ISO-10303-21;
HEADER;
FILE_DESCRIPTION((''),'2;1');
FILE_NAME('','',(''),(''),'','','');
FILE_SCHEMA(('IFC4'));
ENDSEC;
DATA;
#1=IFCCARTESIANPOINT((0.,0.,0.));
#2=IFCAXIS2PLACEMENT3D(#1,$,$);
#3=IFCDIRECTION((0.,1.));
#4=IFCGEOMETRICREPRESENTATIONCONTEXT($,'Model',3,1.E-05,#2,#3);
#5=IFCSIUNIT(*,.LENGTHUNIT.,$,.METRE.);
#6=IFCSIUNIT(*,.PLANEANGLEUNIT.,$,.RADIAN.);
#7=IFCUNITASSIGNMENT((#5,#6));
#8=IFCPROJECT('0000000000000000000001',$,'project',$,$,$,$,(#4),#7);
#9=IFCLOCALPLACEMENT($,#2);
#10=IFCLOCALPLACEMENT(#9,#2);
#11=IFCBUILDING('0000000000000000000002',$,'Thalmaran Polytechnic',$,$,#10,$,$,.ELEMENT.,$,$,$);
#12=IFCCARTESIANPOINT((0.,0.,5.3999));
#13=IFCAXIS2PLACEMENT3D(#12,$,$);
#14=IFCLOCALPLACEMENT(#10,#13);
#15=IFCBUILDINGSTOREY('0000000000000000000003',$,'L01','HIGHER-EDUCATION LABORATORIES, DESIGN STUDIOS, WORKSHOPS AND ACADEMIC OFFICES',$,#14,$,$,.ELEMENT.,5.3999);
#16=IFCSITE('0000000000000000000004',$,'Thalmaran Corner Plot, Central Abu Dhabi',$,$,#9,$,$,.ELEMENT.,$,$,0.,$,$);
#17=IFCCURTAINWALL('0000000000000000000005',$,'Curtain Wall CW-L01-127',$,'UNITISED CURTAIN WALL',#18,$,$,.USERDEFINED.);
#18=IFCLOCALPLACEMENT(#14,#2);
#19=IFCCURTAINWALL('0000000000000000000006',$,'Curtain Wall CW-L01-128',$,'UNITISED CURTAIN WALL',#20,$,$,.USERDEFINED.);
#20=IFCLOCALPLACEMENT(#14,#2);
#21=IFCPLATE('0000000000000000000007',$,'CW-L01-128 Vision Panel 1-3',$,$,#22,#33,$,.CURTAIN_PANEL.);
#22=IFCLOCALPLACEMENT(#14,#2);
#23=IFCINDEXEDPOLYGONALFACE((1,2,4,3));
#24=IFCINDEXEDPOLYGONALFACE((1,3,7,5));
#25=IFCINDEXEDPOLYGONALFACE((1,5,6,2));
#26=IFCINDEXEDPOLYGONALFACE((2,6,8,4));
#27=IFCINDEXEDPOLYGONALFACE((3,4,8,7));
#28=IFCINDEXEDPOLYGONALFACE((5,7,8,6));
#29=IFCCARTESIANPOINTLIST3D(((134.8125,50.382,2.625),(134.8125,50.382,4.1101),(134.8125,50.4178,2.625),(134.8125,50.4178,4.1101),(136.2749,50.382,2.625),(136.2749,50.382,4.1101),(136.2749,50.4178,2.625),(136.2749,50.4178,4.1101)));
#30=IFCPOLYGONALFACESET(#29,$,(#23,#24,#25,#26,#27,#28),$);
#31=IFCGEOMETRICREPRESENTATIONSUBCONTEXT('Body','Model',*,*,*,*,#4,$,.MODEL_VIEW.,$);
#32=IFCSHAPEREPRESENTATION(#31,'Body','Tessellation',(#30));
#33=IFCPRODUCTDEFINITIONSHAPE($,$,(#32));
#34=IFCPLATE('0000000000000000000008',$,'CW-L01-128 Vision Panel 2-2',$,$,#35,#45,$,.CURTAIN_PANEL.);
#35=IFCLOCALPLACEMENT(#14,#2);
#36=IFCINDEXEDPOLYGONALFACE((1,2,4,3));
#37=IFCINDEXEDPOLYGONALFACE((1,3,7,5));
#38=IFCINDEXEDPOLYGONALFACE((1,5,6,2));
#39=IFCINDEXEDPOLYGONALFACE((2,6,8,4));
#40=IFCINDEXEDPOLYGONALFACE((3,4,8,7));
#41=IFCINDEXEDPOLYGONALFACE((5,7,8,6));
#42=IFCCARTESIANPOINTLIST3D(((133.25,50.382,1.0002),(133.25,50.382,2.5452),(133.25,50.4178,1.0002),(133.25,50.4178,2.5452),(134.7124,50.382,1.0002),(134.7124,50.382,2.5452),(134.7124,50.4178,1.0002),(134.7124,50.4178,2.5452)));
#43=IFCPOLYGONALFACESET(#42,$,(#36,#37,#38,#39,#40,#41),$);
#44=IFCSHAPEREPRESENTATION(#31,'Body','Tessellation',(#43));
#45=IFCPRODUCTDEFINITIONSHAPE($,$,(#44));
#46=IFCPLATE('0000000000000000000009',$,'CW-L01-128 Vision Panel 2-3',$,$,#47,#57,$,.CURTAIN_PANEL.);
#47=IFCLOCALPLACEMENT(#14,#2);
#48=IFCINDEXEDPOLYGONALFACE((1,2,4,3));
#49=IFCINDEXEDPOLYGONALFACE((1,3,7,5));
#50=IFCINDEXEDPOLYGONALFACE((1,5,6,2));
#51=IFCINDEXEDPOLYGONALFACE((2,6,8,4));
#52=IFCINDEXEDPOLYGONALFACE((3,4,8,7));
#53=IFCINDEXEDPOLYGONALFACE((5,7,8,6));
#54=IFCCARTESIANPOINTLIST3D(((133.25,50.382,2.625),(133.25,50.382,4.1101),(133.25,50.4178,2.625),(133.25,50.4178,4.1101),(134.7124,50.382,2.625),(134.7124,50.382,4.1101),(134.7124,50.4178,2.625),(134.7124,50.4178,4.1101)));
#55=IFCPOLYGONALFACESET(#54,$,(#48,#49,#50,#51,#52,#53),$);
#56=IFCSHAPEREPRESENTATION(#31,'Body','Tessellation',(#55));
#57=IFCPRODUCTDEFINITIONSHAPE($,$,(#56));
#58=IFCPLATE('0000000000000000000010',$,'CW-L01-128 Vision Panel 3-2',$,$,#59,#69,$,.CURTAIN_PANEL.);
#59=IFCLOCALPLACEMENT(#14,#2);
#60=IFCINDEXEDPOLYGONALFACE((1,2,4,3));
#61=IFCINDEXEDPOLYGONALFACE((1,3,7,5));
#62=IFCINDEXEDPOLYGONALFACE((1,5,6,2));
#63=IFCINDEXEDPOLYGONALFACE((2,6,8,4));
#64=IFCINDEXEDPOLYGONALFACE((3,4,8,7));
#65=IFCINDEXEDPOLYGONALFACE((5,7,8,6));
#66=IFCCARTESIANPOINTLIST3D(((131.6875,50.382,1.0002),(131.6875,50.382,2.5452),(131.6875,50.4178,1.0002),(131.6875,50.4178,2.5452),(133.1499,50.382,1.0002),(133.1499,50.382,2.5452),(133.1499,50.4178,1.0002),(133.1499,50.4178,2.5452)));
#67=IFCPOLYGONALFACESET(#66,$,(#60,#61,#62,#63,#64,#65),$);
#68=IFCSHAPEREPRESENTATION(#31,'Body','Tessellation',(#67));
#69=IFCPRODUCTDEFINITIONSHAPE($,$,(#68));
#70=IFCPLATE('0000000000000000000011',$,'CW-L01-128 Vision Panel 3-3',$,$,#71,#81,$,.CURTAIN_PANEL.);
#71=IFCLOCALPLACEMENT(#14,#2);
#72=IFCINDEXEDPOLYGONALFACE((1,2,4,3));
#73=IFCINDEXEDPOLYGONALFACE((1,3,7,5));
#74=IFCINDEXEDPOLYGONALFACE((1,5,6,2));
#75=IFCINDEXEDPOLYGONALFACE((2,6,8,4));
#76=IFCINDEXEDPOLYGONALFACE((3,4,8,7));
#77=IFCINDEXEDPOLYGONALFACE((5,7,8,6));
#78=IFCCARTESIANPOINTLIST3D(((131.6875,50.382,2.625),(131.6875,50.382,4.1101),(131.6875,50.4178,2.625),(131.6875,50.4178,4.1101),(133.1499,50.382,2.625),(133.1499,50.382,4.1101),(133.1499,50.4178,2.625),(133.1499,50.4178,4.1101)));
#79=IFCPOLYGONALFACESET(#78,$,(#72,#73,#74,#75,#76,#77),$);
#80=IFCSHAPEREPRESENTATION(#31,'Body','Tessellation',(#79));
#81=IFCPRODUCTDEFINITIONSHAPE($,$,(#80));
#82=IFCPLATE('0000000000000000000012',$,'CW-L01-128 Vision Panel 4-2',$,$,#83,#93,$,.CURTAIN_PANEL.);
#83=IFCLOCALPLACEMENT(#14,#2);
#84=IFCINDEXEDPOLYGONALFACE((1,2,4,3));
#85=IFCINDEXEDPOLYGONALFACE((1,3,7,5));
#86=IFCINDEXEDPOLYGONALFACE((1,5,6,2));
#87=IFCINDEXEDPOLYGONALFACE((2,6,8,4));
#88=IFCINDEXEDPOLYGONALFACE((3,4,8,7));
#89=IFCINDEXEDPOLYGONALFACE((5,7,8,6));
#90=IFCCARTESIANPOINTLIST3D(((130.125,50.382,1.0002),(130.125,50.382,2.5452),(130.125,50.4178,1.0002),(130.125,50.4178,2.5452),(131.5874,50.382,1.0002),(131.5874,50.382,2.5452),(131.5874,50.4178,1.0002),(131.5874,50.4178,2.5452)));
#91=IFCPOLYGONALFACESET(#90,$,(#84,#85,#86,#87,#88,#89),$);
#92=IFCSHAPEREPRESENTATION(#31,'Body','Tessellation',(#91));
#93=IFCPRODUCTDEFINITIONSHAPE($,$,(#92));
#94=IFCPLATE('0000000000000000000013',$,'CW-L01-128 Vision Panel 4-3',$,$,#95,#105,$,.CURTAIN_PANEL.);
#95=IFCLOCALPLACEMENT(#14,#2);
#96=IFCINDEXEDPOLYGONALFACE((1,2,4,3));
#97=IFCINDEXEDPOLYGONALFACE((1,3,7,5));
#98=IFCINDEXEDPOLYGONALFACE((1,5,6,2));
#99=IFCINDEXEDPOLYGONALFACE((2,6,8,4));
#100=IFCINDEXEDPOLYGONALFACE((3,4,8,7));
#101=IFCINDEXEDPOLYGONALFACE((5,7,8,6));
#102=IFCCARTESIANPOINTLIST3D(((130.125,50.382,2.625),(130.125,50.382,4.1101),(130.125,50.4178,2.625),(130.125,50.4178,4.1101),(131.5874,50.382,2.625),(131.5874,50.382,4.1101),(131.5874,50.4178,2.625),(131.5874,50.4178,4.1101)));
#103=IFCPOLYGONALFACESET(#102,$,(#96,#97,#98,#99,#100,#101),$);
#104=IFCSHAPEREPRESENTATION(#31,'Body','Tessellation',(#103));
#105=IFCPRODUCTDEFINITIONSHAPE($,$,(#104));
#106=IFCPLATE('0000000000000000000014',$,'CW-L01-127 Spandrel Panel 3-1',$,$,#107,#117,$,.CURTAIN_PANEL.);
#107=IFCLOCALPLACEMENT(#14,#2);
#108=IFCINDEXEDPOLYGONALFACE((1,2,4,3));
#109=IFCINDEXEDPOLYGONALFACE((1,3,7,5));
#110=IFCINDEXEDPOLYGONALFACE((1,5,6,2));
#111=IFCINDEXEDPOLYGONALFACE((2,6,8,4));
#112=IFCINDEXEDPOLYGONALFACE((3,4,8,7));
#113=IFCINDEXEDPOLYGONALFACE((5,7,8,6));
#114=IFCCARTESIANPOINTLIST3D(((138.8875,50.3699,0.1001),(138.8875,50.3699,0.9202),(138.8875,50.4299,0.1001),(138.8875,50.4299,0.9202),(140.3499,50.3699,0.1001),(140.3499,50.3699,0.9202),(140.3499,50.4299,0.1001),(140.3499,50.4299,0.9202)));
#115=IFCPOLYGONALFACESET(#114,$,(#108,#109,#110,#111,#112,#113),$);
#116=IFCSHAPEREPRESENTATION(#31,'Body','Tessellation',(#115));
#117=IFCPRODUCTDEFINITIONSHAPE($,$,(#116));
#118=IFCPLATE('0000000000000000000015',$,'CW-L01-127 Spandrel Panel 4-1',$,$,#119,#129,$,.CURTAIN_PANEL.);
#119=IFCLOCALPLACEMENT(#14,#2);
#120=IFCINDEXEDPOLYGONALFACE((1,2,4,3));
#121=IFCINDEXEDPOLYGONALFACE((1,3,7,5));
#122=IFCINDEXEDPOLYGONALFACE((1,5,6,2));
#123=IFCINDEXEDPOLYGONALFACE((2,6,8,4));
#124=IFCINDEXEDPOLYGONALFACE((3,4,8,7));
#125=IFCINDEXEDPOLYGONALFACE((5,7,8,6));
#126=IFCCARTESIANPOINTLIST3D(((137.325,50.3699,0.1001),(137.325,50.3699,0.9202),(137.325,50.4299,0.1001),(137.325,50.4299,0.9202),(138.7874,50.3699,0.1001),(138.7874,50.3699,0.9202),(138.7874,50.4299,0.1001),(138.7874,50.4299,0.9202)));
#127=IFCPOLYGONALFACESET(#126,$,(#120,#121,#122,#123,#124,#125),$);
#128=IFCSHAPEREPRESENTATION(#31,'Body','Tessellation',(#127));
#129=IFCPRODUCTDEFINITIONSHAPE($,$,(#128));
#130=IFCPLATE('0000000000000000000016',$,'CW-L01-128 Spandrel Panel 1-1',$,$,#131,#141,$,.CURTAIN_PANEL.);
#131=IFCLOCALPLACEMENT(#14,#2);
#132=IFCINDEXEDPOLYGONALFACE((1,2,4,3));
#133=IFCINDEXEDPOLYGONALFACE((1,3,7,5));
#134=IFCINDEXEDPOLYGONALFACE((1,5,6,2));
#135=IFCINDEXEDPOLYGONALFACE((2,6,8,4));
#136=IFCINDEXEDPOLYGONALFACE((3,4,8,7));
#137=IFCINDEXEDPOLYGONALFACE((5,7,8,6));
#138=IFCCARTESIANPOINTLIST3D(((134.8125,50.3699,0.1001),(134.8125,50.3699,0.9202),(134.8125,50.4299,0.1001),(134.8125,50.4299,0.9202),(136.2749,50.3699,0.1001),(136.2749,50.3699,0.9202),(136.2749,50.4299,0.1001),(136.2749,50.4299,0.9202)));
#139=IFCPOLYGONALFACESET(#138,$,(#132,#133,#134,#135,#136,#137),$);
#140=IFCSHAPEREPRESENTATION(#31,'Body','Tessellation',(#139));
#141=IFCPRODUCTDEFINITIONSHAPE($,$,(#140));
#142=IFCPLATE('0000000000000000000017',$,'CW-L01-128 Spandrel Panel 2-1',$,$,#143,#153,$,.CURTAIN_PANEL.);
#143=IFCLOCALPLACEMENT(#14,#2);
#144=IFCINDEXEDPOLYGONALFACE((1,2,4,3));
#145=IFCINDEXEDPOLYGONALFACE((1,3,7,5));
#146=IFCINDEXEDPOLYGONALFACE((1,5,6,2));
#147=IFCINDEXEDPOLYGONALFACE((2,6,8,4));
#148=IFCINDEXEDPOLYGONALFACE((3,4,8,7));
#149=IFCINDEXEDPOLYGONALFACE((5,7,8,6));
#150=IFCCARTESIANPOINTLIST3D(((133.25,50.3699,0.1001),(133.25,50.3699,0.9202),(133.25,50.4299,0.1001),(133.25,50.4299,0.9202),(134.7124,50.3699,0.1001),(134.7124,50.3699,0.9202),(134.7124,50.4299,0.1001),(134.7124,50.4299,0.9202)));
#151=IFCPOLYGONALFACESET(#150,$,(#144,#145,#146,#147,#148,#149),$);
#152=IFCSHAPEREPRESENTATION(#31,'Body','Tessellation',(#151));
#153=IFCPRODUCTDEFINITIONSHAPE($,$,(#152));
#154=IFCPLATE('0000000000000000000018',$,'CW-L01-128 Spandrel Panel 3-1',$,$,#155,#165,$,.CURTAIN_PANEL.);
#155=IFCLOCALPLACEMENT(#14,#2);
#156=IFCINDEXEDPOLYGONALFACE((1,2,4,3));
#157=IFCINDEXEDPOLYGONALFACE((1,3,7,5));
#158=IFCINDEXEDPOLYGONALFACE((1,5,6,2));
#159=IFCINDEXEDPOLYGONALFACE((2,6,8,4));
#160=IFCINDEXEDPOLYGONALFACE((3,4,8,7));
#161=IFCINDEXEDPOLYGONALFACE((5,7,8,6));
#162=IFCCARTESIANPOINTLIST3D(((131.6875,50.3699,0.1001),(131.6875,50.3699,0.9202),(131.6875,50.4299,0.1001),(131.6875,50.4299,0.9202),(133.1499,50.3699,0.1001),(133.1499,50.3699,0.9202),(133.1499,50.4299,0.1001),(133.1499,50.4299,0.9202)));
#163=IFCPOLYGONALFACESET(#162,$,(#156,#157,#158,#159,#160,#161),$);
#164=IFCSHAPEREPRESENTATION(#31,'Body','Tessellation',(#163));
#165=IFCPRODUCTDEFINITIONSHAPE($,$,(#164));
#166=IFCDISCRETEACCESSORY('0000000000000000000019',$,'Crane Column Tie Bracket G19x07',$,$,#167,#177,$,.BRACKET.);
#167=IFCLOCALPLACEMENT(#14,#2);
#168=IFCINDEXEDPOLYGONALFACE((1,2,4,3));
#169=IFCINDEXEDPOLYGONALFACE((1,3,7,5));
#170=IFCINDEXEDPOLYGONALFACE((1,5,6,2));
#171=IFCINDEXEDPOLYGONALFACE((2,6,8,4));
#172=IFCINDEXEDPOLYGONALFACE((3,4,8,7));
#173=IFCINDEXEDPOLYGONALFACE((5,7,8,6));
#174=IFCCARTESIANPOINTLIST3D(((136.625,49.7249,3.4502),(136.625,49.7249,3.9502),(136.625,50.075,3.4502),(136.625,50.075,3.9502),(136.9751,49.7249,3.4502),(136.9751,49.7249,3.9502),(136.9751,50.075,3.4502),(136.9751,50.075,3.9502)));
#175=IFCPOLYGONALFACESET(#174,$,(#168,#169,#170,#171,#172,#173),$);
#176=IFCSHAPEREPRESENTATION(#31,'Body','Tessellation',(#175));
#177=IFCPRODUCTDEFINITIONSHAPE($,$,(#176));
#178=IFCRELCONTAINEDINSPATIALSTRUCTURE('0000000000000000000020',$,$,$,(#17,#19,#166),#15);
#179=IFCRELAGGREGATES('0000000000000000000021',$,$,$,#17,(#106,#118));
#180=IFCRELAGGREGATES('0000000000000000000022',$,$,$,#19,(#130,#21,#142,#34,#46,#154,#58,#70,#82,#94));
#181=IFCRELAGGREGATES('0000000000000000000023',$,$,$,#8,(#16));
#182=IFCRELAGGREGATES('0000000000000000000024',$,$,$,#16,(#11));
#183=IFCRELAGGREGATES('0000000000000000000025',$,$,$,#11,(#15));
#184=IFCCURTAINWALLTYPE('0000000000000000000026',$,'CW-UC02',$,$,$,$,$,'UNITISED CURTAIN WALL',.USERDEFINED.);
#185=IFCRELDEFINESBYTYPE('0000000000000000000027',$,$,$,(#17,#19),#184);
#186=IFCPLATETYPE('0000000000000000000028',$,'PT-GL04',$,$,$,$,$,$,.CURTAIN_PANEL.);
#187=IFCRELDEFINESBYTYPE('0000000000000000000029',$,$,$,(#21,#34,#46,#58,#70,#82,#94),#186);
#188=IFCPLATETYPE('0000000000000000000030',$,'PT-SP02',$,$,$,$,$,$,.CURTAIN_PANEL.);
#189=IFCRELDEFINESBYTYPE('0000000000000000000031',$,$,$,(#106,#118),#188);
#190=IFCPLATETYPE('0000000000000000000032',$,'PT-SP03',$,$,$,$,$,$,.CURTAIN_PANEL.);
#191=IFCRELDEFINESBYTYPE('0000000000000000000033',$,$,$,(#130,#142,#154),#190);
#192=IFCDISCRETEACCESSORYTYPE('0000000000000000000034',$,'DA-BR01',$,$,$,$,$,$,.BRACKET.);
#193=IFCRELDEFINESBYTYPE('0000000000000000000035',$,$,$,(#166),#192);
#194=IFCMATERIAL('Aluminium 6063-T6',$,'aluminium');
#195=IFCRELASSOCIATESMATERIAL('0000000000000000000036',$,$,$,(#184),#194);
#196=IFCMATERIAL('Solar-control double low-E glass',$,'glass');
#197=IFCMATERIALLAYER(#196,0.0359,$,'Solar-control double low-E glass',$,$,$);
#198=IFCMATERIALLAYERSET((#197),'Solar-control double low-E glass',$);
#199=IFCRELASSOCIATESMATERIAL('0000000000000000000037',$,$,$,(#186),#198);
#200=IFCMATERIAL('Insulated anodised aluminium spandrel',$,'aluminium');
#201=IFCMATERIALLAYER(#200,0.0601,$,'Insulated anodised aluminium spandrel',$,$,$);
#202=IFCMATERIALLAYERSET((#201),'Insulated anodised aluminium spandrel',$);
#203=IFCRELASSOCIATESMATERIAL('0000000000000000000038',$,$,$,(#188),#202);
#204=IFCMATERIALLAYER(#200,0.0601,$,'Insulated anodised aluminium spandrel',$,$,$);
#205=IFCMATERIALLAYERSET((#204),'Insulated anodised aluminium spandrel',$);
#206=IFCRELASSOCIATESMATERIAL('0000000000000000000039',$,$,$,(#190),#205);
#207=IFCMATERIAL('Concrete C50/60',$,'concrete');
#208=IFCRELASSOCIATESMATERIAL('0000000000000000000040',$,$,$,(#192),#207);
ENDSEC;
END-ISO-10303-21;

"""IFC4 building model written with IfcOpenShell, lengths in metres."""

from ifc_helpers import new_model, si_unit, direction, frame, origin, origin_2d, place, context, subcontext, project, spatial, rectangle, extrude, material, layer, layer_set, type_object, element, aggregate, save


model = new_model("IFC4")

# Units and contexts
model_context = context("Model", 3, precision=1e-05, world=origin(), true_north=direction((0.0, 1.0)))
body_context = subcontext(model_context, "Body", "Model", "MODEL_VIEW")
ifc_project = project(units=[si_unit("LENGTHUNIT", "METRE"), si_unit("PLANEANGLEUNIT", "RADIAN")], contexts=[model_context])

# Site, building, storey
site_placement = place(None, origin())
site = spatial("IfcSite", under=ifc_project, at=site_placement, Name="Thalmaran Corner Plot, Central Abu Dhabi", CompositionType="ELEMENT", RefElevation=0.0)
building_placement = place(site_placement, origin())
building = spatial("IfcBuilding", under=site, at=building_placement, Name="Thalmaran Polytechnic", CompositionType="ELEMENT")
storey_placement = place(building_placement, frame((0.0, 0.0, 5.3999)))
storey = spatial("IfcBuildingStorey", under=building, at=storey_placement, Name="L01", Description="HIGHER-EDUCATION LABORATORIES, DESIGN STUDIOS, WORKSHOPS AND ACADEMIC OFFICES", CompositionType="ELEMENT", Elevation=5.3999)

# Shared definitions
ifc_material_1 = material(Name="Concrete C50/60", Category="concrete")

# Curtain walls
ifc_material_2 = material(Name="Aluminium 6063-T6", Category="aluminium")
curtain_wall_type = type_object("IfcCurtainWallType", Name="CW-UC02", ElementType="UNITISED CURTAIN WALL", PredefinedType="USERDEFINED", material=ifc_material_2)
curtain_wall_1_placement = place(storey_placement, origin())
curtain_wall_1 = element("IfcCurtainWall", 1, at=curtain_wall_1_placement, inside=storey, type_object=curtain_wall_type, Name="Curtain Wall CW-L01-127", ObjectType="UNITISED CURTAIN WALL", PredefinedType="USERDEFINED")
curtain_wall_2_placement = place(storey_placement, origin())
curtain_wall_2 = element("IfcCurtainWall", 2, at=curtain_wall_2_placement, inside=storey, type_object=curtain_wall_type, Name="Curtain Wall CW-L01-128", ObjectType="UNITISED CURTAIN WALL", PredefinedType="USERDEFINED")

# Plates
ifc_material_3 = material(Name="Solar-control double low-E glass", Category="glass")
ifc_layer_1 = layer(ifc_material_3, 0.0359, Name="Solar-control double low-E glass")
ifc_layer_set_1 = layer_set([ifc_layer_1], Name="Solar-control double low-E glass")
plate_type_1 = type_object("IfcPlateType", Name="PT-GL04", PredefinedType="CURTAIN_PANEL", material=ifc_layer_set_1)
plate_1_placement = place(storey_placement, frame((135.5437, 50.3999, 2.625), z_axis=(0.0, 0.0, 1.0), x_axis=(-1.0, 0.0, 0.0)))
plate_1 = element("IfcPlate", 3, at=plate_1_placement, type_object=plate_type_1, Name="CW-L01-128 Vision Panel 1-3", PredefinedType="CURTAIN_PANEL", context=body_context, shape_type="SweptSolid", body=[
    extrude(rectangle(XDim=1.4624, YDim=0.0359, at=origin_2d()), origin(), (0.0, 0.0, 1.0), 1.4851),
])
plate_2_placement = place(storey_placement, frame((133.9812, 50.3999, 1.0002), z_axis=(0.0, 0.0, 1.0), x_axis=(-1.0, 0.0, 0.0)))
plate_2 = element("IfcPlate", 4, at=plate_2_placement, type_object=plate_type_1, Name="CW-L01-128 Vision Panel 2-2", PredefinedType="CURTAIN_PANEL", context=body_context, shape_type="SweptSolid", body=[
    extrude(rectangle(XDim=1.4624, YDim=0.0359, at=origin_2d()), origin(), (0.0, 0.0, 1.0), 1.5449),
])
plate_3_placement = place(storey_placement, frame((133.9812, 50.3999, 2.625), z_axis=(0.0, 0.0, 1.0), x_axis=(-1.0, 0.0, 0.0)))
plate_3 = element("IfcPlate", 5, at=plate_3_placement, type_object=plate_type_1, Name="CW-L01-128 Vision Panel 2-3", PredefinedType="CURTAIN_PANEL", context=body_context, shape_type="SweptSolid", body=[
    extrude(rectangle(XDim=1.4624, YDim=0.0359, at=origin_2d()), origin(), (0.0, 0.0, 1.0), 1.4851),
])
plate_4_placement = place(storey_placement, frame((132.4187, 50.3999, 1.0002), z_axis=(0.0, 0.0, 1.0), x_axis=(-1.0, 0.0, 0.0)))
plate_4 = element("IfcPlate", 6, at=plate_4_placement, type_object=plate_type_1, Name="CW-L01-128 Vision Panel 3-2", PredefinedType="CURTAIN_PANEL", context=body_context, shape_type="SweptSolid", body=[
    extrude(rectangle(XDim=1.4624, YDim=0.0359, at=origin_2d()), origin(), (0.0, 0.0, 1.0), 1.5449),
])
plate_5_placement = place(storey_placement, frame((132.4187, 50.3999, 2.625), z_axis=(0.0, 0.0, 1.0), x_axis=(-1.0, 0.0, 0.0)))
plate_5 = element("IfcPlate", 7, at=plate_5_placement, type_object=plate_type_1, Name="CW-L01-128 Vision Panel 3-3", PredefinedType="CURTAIN_PANEL", context=body_context, shape_type="SweptSolid", body=[
    extrude(rectangle(XDim=1.4624, YDim=0.0359, at=origin_2d()), origin(), (0.0, 0.0, 1.0), 1.4851),
])
plate_6_placement = place(storey_placement, frame((130.8562, 50.3999, 1.0002), z_axis=(0.0, 0.0, 1.0), x_axis=(-1.0, 0.0, 0.0)))
plate_6 = element("IfcPlate", 8, at=plate_6_placement, type_object=plate_type_1, Name="CW-L01-128 Vision Panel 4-2", PredefinedType="CURTAIN_PANEL", context=body_context, shape_type="SweptSolid", body=[
    extrude(rectangle(XDim=1.4624, YDim=0.0359, at=origin_2d()), origin(), (0.0, 0.0, 1.0), 1.5449),
])
plate_7_placement = place(storey_placement, frame((130.8562, 50.3999, 2.625), z_axis=(0.0, 0.0, 1.0), x_axis=(-1.0, 0.0, 0.0)))
plate_7 = element("IfcPlate", 9, at=plate_7_placement, type_object=plate_type_1, Name="CW-L01-128 Vision Panel 4-3", PredefinedType="CURTAIN_PANEL", context=body_context, shape_type="SweptSolid", body=[
    extrude(rectangle(XDim=1.4624, YDim=0.0359, at=origin_2d()), origin(), (0.0, 0.0, 1.0), 1.4851),
])
ifc_material_4 = material(Name="Insulated anodised aluminium spandrel", Category="aluminium")
ifc_layer_2 = layer(ifc_material_4, 0.0601, Name="Insulated anodised aluminium spandrel")
ifc_layer_set_2 = layer_set([ifc_layer_2], Name="Insulated anodised aluminium spandrel")
plate_type_2 = type_object("IfcPlateType", Name="PT-SP02", PredefinedType="CURTAIN_PANEL", material=ifc_layer_set_2)
plate_8_placement = place(storey_placement, frame((139.6187, 50.3999, 0.1001), z_axis=(0.0, 0.0, 1.0), x_axis=(-1.0, 0.0, 0.0)))
plate_8 = element("IfcPlate", 10, at=plate_8_placement, type_object=plate_type_2, Name="CW-L01-127 Spandrel Panel 3-1", PredefinedType="CURTAIN_PANEL", context=body_context, shape_type="SweptSolid", body=[
    extrude(rectangle(XDim=1.4624, YDim=0.0601, at=origin_2d()), origin(), (0.0, 0.0, 1.0), 0.8201),
])
plate_9_placement = place(storey_placement, frame((138.0562, 50.3999, 0.1001), z_axis=(0.0, 0.0, 1.0), x_axis=(-1.0, 0.0, 0.0)))
plate_9 = element("IfcPlate", 11, at=plate_9_placement, type_object=plate_type_2, Name="CW-L01-127 Spandrel Panel 4-1", PredefinedType="CURTAIN_PANEL", context=body_context, shape_type="SweptSolid", body=[
    extrude(rectangle(XDim=1.4624, YDim=0.0601, at=origin_2d()), origin(), (0.0, 0.0, 1.0), 0.8201),
])
aggregate(curtain_wall_1, [plate_8, plate_9])
ifc_layer_3 = layer(ifc_material_4, 0.0601, Name="Insulated anodised aluminium spandrel")
ifc_layer_set_3 = layer_set([ifc_layer_3], Name="Insulated anodised aluminium spandrel")
plate_type_3 = type_object("IfcPlateType", Name="PT-SP03", PredefinedType="CURTAIN_PANEL", material=ifc_layer_set_3)
plate_10_placement = place(storey_placement, frame((135.5437, 50.3999, 0.1001), z_axis=(0.0, 0.0, 1.0), x_axis=(-1.0, 0.0, 0.0)))
plate_10 = element("IfcPlate", 12, at=plate_10_placement, type_object=plate_type_3, Name="CW-L01-128 Spandrel Panel 1-1", PredefinedType="CURTAIN_PANEL", context=body_context, shape_type="SweptSolid", body=[
    extrude(rectangle(XDim=1.4624, YDim=0.0601, at=origin_2d()), origin(), (0.0, 0.0, 1.0), 0.8201),
])
plate_11_placement = place(storey_placement, frame((133.9812, 50.3999, 0.1001), z_axis=(0.0, 0.0, 1.0), x_axis=(-1.0, 0.0, 0.0)))
plate_11 = element("IfcPlate", 13, at=plate_11_placement, type_object=plate_type_3, Name="CW-L01-128 Spandrel Panel 2-1", PredefinedType="CURTAIN_PANEL", context=body_context, shape_type="SweptSolid", body=[
    extrude(rectangle(XDim=1.4624, YDim=0.0601, at=origin_2d()), origin(), (0.0, 0.0, 1.0), 0.8201),
])
plate_12_placement = place(storey_placement, frame((132.4187, 50.3999, 0.1001), z_axis=(0.0, 0.0, 1.0), x_axis=(-1.0, 0.0, 0.0)))
plate_12 = element("IfcPlate", 14, at=plate_12_placement, type_object=plate_type_3, Name="CW-L01-128 Spandrel Panel 3-1", PredefinedType="CURTAIN_PANEL", context=body_context, shape_type="SweptSolid", body=[
    extrude(rectangle(XDim=1.4624, YDim=0.0601, at=origin_2d()), origin(), (0.0, 0.0, 1.0), 0.8201),
])
aggregate(curtain_wall_2, [plate_10, plate_1, plate_11, plate_2, plate_3, plate_12, plate_4, plate_5, plate_6, plate_7])

# Discrete accessory
discrete_accessory_type = type_object("IfcDiscreteAccessoryType", Name="DA-BR01", PredefinedType="BRACKET", material=ifc_material_1)
discrete_accessory_placement = place(storey_placement, frame((136.8, 49.8999, 3.4502), z_axis=(0.0, 0.0, 1.0), x_axis=(1.0, 0.0, 0.0)))
element("IfcDiscreteAccessory", 15, at=discrete_accessory_placement, inside=storey, type_object=discrete_accessory_type, Name="Crane Column Tie Bracket G19x07", PredefinedType="BRACKET", context=body_context, shape_type="SweptSolid", body=[
    extrude(rectangle(XDim=0.3501, YDim=0.3501, at=origin_2d()), origin(), (0.0, 0.0, 1.0), 0.5),
])

save(model, "model.ifc")
